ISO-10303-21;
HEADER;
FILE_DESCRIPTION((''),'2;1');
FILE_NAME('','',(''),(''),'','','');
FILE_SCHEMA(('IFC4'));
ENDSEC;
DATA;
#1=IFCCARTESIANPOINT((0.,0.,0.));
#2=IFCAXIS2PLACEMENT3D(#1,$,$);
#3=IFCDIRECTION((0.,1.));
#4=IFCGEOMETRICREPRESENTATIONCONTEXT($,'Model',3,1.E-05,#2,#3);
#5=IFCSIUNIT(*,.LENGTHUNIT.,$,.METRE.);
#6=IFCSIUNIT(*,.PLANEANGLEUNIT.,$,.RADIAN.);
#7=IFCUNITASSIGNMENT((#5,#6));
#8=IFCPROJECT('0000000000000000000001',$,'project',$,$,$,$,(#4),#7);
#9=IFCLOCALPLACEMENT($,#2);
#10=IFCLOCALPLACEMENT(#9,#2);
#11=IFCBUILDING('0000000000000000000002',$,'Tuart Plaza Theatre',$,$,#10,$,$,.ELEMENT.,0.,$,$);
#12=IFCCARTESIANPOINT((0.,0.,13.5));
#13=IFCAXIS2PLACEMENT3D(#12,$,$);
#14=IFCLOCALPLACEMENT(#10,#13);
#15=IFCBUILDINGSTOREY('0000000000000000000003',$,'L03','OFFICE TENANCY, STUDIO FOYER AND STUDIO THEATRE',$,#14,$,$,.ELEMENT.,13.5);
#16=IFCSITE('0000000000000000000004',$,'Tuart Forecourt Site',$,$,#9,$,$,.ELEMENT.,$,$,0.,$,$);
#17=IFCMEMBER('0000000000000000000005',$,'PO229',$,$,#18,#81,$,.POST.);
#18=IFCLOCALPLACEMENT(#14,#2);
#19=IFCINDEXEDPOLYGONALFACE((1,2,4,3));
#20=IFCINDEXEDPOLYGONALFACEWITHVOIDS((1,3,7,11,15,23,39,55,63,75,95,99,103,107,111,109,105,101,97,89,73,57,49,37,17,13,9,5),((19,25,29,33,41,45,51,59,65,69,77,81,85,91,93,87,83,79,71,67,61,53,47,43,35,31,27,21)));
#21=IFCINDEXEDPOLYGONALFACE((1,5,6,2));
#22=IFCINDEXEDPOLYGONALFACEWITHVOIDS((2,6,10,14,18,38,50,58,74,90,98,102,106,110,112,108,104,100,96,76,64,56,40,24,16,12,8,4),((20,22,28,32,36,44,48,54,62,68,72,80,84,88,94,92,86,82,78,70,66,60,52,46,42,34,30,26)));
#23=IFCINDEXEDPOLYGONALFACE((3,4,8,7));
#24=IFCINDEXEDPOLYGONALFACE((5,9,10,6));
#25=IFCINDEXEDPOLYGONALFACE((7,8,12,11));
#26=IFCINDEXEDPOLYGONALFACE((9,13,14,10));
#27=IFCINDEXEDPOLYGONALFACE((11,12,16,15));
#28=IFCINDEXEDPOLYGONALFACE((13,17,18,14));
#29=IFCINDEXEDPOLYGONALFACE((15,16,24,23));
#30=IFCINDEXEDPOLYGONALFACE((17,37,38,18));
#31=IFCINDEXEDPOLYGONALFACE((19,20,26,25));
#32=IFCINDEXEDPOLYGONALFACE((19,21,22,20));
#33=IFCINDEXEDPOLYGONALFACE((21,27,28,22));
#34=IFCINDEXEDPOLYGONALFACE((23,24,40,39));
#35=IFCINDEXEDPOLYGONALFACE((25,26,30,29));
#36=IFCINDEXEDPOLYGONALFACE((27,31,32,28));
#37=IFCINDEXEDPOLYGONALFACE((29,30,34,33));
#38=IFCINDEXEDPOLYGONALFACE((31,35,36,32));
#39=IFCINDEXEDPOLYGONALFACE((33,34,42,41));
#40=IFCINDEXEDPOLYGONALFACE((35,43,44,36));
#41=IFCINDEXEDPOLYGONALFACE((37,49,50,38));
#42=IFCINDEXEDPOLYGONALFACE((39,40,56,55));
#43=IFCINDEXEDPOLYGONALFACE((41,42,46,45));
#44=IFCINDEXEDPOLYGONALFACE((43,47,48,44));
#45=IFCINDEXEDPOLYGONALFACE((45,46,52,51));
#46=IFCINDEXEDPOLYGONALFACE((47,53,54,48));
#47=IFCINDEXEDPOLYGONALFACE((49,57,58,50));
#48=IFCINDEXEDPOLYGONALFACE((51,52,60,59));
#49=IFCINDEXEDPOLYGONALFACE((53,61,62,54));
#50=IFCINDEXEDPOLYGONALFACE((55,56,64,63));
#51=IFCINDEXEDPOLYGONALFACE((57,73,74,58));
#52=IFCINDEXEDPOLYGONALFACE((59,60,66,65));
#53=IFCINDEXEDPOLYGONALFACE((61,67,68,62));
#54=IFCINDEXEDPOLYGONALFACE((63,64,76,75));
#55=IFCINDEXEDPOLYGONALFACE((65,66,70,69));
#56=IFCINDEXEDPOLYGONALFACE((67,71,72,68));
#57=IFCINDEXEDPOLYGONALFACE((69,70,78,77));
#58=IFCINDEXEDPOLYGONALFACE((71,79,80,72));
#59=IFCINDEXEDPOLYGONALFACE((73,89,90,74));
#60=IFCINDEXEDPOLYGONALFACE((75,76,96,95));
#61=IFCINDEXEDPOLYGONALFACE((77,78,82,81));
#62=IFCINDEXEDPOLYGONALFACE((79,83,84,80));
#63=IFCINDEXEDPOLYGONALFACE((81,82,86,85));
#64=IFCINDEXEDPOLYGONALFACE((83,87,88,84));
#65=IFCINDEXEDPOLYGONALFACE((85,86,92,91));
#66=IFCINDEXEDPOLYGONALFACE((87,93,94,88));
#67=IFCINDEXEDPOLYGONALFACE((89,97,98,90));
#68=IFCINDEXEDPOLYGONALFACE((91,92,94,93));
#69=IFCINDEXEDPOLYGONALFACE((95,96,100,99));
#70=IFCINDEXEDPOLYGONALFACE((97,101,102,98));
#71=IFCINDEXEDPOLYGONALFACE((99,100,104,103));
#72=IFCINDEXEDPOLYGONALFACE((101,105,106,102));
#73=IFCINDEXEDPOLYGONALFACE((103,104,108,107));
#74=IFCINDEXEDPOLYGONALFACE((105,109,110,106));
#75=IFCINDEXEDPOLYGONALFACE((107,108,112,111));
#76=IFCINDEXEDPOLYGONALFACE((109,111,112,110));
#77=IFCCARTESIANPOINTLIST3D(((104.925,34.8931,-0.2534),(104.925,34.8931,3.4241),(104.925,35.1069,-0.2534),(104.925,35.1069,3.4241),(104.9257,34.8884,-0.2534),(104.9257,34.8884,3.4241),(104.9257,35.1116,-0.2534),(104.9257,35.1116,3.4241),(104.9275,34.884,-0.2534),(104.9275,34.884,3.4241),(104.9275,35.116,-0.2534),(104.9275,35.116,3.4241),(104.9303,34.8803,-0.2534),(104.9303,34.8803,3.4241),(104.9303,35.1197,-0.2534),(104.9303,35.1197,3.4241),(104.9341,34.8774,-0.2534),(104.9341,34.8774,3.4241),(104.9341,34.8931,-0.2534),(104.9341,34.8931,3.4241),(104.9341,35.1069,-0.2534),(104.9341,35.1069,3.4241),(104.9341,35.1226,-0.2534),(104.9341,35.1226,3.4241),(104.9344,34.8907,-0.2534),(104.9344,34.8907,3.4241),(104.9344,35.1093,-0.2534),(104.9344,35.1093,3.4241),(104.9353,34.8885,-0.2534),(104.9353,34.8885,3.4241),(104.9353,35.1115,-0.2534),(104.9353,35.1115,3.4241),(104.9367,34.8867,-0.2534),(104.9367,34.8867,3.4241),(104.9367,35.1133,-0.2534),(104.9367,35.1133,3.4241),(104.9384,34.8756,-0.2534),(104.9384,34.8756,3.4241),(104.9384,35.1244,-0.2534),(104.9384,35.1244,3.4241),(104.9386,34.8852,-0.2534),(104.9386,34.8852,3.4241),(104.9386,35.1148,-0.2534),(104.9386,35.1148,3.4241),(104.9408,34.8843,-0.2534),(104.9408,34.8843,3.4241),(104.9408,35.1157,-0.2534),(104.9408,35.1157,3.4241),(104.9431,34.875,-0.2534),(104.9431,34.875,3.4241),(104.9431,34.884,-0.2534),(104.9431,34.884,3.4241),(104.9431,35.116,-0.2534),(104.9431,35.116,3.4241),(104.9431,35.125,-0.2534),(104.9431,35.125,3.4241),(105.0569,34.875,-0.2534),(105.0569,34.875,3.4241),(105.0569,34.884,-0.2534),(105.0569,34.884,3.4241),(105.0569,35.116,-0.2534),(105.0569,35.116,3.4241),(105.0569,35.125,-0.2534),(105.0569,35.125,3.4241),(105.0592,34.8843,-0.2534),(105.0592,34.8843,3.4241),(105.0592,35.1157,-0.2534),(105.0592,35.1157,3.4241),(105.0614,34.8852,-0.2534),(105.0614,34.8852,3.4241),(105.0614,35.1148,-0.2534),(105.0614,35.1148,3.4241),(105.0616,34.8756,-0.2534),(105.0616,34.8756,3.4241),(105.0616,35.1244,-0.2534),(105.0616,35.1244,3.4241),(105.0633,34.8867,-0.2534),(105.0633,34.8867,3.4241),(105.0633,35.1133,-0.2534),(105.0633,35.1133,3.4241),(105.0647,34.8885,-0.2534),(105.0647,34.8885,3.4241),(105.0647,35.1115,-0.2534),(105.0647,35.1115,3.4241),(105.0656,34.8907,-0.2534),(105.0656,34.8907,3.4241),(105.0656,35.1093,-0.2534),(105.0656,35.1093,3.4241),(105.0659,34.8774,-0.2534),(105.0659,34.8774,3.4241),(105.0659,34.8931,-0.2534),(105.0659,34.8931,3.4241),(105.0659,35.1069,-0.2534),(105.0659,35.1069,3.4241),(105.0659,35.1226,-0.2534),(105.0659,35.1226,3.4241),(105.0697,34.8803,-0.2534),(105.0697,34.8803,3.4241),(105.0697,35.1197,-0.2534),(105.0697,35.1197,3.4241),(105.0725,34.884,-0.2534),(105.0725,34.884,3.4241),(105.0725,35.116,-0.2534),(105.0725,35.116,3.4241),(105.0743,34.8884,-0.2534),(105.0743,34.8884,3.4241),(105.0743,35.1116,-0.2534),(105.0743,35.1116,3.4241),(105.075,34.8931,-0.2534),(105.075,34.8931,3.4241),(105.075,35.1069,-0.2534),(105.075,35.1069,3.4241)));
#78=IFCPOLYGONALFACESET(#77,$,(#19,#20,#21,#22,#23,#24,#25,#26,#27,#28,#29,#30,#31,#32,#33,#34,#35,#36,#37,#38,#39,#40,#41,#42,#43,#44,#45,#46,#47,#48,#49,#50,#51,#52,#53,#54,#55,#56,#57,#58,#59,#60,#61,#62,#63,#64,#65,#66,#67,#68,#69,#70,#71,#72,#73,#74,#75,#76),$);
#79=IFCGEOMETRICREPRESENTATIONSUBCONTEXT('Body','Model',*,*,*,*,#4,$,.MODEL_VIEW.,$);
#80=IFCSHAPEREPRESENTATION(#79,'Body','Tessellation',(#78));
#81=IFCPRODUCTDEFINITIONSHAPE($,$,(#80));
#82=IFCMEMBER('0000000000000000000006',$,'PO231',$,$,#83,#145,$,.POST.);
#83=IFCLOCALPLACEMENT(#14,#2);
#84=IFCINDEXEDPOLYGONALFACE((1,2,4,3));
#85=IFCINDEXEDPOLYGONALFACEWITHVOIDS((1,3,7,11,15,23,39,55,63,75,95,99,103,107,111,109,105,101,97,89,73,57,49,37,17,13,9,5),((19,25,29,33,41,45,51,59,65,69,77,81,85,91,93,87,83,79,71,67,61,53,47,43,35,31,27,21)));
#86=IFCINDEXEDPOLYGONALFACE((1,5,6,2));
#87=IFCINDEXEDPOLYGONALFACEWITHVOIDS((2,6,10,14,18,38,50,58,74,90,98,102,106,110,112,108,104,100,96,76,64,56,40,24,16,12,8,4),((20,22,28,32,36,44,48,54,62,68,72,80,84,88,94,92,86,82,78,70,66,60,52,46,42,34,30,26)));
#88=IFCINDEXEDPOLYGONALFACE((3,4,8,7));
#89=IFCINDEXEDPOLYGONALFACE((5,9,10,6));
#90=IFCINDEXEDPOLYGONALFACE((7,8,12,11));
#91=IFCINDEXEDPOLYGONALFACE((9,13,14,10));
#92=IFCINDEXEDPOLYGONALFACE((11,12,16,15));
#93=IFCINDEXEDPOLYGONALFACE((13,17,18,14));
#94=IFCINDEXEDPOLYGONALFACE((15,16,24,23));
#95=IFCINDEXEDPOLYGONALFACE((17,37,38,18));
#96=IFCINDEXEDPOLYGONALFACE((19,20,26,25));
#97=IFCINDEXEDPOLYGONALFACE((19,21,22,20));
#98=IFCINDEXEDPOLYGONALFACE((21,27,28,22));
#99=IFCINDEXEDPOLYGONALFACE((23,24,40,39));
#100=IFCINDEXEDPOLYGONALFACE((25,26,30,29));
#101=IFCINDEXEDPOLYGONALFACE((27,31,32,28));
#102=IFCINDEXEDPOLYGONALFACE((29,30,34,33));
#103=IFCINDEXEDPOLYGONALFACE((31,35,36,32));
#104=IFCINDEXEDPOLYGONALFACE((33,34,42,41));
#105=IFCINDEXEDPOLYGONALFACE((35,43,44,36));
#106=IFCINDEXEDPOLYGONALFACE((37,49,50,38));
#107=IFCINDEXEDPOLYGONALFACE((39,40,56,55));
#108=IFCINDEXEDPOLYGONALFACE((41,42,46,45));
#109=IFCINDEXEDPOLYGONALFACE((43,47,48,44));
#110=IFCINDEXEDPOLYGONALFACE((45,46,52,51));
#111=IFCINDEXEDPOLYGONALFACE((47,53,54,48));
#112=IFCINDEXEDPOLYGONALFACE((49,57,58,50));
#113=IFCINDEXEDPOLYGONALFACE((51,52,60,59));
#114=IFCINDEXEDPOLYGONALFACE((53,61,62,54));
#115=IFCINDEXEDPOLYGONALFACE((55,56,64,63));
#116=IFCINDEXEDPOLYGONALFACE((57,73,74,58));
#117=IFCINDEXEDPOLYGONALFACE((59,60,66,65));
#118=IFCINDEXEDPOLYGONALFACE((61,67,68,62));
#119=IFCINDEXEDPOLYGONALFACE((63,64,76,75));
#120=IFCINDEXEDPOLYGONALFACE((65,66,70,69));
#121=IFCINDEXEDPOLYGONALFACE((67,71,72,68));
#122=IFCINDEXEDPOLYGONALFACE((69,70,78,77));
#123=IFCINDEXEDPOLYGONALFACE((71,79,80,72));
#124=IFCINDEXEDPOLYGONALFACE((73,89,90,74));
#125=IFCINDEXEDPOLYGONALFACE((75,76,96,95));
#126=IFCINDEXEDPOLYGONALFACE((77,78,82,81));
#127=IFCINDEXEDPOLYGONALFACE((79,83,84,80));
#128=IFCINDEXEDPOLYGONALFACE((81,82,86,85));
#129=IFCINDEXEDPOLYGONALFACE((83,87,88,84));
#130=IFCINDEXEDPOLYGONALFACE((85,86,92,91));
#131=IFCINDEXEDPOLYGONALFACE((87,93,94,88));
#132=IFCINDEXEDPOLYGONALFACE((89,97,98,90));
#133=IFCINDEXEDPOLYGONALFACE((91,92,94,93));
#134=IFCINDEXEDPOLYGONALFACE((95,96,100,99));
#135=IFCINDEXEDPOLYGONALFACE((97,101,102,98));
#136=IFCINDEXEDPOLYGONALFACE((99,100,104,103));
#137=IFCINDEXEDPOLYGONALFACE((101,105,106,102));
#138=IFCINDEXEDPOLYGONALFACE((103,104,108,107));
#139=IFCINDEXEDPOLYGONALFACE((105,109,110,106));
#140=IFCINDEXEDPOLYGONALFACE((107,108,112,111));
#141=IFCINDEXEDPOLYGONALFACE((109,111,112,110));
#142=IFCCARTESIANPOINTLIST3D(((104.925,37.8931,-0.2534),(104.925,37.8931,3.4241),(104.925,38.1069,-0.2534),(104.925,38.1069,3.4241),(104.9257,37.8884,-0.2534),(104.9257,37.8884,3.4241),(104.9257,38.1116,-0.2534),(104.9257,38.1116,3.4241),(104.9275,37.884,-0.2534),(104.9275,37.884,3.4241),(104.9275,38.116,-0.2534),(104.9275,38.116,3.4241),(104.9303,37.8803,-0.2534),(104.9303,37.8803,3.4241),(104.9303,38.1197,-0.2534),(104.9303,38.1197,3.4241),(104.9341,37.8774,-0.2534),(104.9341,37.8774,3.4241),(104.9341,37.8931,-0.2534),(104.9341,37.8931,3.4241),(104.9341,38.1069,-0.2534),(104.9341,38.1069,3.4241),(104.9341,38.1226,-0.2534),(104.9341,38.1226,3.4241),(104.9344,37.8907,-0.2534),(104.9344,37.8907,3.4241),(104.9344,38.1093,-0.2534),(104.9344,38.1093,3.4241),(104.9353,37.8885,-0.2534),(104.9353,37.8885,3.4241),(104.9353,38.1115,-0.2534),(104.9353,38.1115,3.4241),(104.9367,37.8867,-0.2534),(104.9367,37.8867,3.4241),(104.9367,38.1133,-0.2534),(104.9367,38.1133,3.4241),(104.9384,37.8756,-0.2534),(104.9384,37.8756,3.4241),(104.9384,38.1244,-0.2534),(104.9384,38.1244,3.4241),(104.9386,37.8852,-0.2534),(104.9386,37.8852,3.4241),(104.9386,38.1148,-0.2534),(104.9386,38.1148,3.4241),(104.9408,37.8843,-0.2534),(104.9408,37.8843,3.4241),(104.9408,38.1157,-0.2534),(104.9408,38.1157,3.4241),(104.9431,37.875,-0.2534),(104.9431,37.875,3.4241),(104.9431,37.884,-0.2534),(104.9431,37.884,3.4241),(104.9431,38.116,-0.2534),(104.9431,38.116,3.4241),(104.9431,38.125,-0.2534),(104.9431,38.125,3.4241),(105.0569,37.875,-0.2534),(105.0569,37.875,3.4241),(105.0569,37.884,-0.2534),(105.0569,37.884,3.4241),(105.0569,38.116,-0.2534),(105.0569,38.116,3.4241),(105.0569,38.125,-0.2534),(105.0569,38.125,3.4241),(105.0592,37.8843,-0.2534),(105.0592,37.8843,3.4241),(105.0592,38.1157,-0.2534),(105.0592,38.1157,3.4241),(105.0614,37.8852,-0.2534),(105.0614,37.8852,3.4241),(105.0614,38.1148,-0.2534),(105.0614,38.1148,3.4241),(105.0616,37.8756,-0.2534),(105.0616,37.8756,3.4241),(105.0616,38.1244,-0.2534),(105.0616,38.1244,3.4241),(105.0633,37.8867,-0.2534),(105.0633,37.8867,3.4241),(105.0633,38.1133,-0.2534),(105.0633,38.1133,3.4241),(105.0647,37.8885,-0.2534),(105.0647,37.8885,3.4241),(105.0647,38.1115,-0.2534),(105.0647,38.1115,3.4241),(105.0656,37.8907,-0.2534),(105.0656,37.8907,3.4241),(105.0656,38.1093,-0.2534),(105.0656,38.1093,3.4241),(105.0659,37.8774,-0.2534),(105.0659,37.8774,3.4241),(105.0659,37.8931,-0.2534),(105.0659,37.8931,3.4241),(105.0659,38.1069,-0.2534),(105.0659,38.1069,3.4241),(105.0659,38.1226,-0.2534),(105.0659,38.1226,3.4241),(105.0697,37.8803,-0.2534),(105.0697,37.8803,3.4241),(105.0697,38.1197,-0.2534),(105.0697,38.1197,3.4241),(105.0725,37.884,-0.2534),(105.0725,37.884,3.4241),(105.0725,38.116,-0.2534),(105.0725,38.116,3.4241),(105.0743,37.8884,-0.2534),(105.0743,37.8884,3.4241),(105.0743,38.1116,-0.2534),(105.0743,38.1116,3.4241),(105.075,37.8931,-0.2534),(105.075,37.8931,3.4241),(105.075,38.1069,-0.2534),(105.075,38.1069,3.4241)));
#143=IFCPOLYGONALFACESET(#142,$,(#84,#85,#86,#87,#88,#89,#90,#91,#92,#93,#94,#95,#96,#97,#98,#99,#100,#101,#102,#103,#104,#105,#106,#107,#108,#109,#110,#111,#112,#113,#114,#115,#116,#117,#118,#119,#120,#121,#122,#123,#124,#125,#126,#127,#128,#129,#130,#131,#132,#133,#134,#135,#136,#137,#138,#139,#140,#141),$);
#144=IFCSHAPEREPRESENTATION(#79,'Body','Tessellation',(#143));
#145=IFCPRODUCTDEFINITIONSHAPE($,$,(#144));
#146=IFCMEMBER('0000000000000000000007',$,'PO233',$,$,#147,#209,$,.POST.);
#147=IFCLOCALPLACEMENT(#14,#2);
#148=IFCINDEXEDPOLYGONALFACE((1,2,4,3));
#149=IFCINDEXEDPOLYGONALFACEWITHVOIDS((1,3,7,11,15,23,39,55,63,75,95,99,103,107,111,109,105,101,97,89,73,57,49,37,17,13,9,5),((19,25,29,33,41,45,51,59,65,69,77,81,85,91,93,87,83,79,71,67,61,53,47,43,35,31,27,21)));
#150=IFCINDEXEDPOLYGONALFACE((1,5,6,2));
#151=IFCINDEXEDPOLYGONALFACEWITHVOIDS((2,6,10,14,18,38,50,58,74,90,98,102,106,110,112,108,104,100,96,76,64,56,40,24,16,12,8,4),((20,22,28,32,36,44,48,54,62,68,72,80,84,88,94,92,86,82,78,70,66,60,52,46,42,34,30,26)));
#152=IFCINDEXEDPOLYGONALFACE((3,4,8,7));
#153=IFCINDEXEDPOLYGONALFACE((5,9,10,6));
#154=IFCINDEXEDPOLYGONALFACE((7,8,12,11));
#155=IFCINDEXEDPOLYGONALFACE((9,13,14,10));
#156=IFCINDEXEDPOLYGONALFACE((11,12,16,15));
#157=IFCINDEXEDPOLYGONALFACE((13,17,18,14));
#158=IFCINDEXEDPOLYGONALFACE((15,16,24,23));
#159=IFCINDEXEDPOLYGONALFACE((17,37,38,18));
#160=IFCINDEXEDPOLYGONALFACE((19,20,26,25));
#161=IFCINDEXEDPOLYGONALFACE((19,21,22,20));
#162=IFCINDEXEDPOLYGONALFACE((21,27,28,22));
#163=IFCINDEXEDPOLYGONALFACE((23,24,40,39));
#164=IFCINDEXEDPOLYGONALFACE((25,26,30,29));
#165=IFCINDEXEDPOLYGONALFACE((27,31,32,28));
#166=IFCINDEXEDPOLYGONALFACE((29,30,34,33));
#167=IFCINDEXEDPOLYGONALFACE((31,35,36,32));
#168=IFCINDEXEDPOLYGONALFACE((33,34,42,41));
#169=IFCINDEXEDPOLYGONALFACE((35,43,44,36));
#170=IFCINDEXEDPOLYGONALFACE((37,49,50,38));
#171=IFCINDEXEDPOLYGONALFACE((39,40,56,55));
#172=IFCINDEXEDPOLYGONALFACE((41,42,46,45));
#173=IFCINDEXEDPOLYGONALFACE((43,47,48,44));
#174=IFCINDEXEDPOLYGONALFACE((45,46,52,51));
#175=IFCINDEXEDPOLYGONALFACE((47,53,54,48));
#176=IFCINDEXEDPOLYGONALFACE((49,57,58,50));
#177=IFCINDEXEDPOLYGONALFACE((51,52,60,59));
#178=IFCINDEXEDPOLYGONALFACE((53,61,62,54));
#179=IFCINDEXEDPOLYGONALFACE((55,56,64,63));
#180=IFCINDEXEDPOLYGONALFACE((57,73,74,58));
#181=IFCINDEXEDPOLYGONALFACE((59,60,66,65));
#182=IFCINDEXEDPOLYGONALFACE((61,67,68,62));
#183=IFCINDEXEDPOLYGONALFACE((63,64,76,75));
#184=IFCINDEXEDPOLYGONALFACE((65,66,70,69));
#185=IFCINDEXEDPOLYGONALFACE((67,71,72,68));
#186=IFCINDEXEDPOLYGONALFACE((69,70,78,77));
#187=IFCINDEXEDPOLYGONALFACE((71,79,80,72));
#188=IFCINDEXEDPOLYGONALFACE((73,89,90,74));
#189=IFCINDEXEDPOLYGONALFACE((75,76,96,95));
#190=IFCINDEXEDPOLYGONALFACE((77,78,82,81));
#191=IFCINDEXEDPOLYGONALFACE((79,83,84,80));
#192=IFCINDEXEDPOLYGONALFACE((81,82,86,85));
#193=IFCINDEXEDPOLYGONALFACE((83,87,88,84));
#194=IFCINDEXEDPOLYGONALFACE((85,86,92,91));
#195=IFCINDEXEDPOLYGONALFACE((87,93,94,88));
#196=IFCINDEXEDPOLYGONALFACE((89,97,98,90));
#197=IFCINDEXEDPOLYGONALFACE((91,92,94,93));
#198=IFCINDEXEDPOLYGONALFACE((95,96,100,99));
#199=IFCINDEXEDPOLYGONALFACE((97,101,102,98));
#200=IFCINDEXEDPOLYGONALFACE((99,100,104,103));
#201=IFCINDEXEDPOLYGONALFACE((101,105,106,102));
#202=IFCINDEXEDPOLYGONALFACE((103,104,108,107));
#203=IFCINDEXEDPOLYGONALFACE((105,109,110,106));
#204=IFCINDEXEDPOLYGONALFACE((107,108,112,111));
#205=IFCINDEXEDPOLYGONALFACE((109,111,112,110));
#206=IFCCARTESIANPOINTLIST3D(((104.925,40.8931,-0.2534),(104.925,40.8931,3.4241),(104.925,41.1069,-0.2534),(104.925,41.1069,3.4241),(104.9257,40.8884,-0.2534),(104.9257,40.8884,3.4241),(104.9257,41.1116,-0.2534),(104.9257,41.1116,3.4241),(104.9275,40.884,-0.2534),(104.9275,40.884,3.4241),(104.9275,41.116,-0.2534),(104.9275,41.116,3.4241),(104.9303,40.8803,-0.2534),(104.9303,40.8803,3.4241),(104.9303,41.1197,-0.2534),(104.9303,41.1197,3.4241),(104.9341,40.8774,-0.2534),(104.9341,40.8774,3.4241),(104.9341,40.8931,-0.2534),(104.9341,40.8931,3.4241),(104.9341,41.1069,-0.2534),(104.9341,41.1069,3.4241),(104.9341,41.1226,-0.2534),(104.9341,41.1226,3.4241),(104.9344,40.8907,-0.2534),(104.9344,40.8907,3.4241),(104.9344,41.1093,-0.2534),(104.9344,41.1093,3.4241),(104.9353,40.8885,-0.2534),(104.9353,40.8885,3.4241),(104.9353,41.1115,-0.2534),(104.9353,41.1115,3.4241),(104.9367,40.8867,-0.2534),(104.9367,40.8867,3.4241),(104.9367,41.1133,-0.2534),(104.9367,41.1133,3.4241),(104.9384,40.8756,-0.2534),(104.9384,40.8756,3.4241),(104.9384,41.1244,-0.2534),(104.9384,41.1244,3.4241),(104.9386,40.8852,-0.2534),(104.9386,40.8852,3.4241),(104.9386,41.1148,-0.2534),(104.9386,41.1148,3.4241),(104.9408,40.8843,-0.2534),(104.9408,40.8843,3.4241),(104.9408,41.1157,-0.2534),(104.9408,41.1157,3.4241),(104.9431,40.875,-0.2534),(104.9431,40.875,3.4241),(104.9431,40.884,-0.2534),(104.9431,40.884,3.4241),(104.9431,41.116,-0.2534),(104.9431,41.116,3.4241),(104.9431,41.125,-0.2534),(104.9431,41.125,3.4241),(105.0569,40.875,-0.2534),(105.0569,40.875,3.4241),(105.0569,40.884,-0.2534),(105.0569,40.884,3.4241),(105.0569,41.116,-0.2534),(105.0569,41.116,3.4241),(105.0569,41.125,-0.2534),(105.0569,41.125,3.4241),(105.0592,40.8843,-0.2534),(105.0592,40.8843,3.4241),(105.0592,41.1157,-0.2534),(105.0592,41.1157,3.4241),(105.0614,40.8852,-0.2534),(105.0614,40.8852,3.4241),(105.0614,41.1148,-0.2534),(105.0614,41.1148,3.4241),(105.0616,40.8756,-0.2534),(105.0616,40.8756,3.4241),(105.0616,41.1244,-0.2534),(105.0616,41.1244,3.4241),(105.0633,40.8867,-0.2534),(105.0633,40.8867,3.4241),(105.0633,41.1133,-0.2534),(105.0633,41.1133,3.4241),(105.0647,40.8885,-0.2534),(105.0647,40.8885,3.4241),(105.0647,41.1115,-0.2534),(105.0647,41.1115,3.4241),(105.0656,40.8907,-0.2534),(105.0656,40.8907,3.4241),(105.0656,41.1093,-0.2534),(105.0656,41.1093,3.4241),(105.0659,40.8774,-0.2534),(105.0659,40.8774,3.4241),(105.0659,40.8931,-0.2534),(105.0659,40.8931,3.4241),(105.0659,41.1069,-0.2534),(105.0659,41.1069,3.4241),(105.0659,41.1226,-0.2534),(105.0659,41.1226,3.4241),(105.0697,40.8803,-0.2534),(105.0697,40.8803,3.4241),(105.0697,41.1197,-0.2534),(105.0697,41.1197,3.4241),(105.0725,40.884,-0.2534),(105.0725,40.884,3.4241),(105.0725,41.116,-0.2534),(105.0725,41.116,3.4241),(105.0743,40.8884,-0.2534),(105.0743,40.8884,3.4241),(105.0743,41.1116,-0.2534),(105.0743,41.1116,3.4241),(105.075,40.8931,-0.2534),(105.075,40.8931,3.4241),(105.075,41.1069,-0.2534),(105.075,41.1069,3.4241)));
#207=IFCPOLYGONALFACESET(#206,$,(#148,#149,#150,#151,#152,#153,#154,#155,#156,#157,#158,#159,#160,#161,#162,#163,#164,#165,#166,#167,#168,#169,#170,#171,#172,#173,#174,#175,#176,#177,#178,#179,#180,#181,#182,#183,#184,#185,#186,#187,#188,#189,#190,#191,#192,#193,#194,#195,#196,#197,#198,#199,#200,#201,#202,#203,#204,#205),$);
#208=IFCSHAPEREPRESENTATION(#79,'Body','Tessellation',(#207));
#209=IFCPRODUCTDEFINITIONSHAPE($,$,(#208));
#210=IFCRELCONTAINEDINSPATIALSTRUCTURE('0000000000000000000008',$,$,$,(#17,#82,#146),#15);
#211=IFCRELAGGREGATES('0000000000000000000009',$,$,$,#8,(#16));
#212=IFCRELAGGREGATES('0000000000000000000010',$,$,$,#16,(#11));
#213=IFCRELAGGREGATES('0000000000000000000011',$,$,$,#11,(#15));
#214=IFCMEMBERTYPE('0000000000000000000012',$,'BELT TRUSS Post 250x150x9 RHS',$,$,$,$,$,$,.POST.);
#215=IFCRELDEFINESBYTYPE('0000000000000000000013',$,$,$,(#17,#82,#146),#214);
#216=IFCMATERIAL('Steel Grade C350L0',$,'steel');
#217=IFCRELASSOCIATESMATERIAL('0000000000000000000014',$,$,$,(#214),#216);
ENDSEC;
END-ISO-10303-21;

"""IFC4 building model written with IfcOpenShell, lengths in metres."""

from ifc_helpers import new_model, si_unit, direction, frame, origin, origin_2d, place, context, subcontext, project, spatial, hollow_rectangle, extrude, material, material_profile, profile_set, type_object, element, save


model = new_model("IFC4")

# Units and contexts
model_context = context("Model", 3, precision=1e-05, world=origin(), true_north=direction((0.0, 1.0)))
body_context = subcontext(model_context, "Body", "Model", "MODEL_VIEW")
ifc_project = project(units=[si_unit("LENGTHUNIT", "METRE"), si_unit("PLANEANGLEUNIT", "RADIAN")], contexts=[model_context])

# Site, building, storey
site_placement = place(None, origin())
site = spatial("IfcSite", under=ifc_project, at=site_placement, Name="Tuart Forecourt Site", CompositionType="ELEMENT", RefElevation=0.0)
building_placement = place(site_placement, origin())
building = spatial("IfcBuilding", under=site, at=building_placement, Name="Tuart Plaza Theatre", CompositionType="ELEMENT", ElevationOfRefHeight=0.0)
storey_placement = place(building_placement, frame((0.0, 0.0, 13.5)))
storey = spatial("IfcBuildingStorey", under=building, at=storey_placement, Name="L03", Description="OFFICE TENANCY, STUDIO FOYER AND STUDIO THEATRE", CompositionType="ELEMENT", Elevation=13.5)

# Members
ifc_material_1 = material(Name="Steel Grade C350L0", Category="steel")
ifc_material_profile_1 = material_profile(ifc_material_1, hollow_rectangle(XDim=0.1499, YDim=0.25, WallThickness=0.009, InnerFilletRadius=0.009, OuterFilletRadius=0.0181, at=origin_2d()), Name="250x150x9 RHS")
ifc_profile_set_1 = profile_set([ifc_material_profile_1], Name="Steel Grade C350L0")
member_type_1 = type_object("IfcMemberType", Name="BELT TRUSS Post 250x150x9 RHS", PredefinedType="POST", material=ifc_profile_set_1)
for number, where, z_axis, x_axis, name in (
    (1, (105.0, 35.0, -0.2534), (0.0, 0.0, 1.0), (1.0, 0.0, 0.0), "PO229"),
    (2, (105.0, 38.0, -0.2534), (0.0, 0.0, 1.0), (1.0, 0.0, 0.0), "PO231"),
    (3, (105.0, 41.0, -0.2534), (0.0, 0.0, 1.0), (1.0, 0.0, 0.0), "PO233"),
):
    element("IfcMember", number, at=place(storey_placement, frame(where, z_axis=z_axis, x_axis=x_axis)), inside=storey, type_object=member_type_1, Name=name, PredefinedType="POST", context=body_context, shape_type="SweptSolid", body=[
        extrude(hollow_rectangle(XDim=0.1499, YDim=0.25, WallThickness=0.009, InnerFilletRadius=0.009, OuterFilletRadius=0.0181, at=origin_2d()), origin(), (0.0, 0.0, 1.0), 3.6775),
    ])

save(model, "model.ifc")
